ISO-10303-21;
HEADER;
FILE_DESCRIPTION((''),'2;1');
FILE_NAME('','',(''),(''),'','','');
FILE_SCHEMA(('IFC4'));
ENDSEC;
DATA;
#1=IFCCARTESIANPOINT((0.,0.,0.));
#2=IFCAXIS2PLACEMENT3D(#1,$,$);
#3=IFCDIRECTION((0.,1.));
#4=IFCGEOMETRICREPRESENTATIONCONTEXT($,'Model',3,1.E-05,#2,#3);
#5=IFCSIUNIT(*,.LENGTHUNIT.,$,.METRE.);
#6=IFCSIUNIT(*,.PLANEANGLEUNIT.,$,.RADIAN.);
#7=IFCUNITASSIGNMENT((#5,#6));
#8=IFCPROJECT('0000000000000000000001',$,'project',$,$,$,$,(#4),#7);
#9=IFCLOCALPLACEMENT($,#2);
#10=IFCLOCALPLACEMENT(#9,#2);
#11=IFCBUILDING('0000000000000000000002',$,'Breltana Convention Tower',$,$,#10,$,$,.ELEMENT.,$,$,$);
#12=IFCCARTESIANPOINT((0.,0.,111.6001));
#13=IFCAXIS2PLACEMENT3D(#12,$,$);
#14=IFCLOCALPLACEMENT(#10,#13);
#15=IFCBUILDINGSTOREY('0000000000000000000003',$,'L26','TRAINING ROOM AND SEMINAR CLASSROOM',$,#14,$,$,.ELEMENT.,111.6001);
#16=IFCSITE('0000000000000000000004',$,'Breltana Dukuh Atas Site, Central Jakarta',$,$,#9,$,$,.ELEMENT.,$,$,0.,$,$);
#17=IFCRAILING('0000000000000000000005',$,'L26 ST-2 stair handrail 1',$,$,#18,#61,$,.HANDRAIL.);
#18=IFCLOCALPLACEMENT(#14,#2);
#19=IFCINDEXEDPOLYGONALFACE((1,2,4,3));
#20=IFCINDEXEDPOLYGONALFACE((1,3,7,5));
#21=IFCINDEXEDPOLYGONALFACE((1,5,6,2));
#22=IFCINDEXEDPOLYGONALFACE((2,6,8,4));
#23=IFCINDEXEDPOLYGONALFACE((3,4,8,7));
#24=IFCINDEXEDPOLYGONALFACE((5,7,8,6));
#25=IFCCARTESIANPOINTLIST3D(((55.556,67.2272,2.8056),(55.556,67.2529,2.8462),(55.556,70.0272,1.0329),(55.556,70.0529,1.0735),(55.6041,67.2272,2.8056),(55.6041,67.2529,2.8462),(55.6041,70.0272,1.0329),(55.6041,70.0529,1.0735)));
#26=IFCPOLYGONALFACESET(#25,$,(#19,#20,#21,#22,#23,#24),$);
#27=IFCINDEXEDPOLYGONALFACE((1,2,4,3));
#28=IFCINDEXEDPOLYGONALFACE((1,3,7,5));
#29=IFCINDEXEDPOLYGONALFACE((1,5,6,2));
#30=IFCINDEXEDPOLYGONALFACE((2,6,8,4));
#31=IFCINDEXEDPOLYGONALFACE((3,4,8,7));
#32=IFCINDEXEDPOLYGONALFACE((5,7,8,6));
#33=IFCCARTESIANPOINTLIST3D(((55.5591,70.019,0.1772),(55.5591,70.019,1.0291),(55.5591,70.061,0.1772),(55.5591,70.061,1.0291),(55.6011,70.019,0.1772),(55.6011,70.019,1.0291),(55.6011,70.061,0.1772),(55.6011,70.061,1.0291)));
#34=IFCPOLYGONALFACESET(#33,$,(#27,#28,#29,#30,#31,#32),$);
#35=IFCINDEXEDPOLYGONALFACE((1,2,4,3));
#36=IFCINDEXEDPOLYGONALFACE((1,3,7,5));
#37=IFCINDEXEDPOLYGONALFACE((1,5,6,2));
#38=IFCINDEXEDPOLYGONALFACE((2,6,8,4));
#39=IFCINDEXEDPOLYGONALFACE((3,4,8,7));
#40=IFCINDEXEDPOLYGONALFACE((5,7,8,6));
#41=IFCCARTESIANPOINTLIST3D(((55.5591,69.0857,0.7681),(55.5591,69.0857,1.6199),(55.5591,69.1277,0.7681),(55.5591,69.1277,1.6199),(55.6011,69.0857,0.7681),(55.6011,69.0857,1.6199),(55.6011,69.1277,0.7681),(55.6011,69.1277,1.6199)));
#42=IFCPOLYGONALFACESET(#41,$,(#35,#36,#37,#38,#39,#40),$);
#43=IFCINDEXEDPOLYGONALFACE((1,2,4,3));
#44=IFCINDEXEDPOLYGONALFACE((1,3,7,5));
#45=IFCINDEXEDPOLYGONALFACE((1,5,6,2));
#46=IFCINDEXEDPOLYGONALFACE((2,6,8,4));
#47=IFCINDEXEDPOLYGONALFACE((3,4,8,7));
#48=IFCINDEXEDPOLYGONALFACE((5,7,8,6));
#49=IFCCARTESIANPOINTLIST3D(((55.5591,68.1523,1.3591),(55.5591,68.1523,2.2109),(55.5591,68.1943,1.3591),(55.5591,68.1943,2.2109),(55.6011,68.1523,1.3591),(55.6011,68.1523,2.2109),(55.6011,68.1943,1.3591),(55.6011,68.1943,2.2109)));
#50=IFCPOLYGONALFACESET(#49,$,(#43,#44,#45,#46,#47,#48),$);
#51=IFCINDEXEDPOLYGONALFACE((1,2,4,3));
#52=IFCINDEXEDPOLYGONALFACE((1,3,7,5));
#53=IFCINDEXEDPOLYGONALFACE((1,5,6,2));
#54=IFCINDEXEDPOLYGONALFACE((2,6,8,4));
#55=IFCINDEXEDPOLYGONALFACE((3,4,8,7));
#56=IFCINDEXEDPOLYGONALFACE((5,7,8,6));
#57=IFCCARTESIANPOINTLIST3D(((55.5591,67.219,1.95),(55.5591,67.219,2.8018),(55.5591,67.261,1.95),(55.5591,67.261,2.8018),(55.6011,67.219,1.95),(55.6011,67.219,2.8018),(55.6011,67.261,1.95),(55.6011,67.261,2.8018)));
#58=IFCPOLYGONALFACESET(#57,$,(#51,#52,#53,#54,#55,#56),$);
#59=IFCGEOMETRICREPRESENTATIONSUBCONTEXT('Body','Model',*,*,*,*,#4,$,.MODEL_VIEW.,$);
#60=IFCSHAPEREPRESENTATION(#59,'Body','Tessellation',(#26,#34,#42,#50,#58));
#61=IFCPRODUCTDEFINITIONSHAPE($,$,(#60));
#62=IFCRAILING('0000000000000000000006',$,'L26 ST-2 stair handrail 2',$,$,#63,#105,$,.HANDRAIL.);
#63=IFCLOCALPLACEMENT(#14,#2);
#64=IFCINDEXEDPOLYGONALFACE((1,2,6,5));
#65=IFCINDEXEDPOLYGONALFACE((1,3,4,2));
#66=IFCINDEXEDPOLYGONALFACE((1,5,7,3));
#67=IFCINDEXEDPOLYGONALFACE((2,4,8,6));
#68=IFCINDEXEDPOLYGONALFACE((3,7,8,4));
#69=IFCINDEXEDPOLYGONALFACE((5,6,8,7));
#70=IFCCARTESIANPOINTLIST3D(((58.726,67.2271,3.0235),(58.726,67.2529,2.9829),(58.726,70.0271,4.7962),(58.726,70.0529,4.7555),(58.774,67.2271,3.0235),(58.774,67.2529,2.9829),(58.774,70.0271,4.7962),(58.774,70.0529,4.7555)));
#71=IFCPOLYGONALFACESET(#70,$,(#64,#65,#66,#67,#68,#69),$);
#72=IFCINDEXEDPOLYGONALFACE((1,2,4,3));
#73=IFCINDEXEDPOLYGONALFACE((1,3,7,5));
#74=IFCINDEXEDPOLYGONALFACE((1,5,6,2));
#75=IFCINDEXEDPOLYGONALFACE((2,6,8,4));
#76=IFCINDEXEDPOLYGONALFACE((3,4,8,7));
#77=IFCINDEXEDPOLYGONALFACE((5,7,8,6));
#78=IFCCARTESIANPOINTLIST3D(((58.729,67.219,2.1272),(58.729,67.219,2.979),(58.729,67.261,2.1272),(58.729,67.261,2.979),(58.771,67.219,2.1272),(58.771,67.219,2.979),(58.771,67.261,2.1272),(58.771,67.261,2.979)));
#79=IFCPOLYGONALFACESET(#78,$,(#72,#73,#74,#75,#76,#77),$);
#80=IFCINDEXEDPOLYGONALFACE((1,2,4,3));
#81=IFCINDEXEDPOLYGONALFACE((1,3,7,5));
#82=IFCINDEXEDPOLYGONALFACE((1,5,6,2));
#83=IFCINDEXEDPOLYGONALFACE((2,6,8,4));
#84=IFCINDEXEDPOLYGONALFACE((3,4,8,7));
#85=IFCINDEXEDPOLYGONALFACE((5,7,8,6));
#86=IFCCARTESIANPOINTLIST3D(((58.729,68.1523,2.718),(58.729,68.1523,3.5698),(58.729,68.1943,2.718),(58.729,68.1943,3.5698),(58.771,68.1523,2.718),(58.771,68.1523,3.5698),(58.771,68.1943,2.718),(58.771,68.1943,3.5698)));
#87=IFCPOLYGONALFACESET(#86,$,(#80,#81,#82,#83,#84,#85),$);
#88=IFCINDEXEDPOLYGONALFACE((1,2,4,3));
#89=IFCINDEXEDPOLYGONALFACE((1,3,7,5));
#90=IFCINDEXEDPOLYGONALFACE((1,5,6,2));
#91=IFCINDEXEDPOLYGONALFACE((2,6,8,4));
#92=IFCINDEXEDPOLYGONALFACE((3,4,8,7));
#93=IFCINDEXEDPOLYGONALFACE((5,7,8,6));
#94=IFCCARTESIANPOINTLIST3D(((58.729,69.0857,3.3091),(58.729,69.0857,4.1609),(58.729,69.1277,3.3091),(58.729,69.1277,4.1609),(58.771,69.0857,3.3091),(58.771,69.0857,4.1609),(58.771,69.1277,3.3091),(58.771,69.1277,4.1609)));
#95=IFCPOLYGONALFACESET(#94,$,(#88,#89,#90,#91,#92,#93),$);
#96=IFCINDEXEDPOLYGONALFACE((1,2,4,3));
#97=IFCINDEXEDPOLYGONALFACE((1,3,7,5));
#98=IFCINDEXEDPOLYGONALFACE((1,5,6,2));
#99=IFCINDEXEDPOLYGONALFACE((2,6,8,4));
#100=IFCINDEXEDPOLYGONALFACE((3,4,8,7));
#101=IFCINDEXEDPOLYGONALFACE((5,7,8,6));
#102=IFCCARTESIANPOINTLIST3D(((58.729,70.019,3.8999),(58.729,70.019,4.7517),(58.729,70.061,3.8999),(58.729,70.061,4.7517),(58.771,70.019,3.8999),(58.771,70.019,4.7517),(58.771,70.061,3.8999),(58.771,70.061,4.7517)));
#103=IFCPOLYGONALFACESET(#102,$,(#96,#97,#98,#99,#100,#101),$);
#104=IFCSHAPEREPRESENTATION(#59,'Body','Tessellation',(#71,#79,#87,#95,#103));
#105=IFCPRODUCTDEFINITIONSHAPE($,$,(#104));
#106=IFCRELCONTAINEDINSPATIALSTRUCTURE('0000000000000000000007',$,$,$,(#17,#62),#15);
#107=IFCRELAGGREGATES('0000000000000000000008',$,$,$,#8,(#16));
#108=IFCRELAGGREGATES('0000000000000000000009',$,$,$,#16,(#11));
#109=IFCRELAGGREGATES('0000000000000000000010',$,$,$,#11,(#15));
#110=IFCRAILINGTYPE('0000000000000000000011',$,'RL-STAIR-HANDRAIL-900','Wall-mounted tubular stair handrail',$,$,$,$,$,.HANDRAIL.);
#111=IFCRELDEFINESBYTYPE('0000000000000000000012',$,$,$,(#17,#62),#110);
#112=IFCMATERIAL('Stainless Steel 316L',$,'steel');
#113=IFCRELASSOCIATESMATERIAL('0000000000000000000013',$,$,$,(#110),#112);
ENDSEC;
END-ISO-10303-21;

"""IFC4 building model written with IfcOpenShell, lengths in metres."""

from ifc_helpers import new_model, si_unit, direction, frame, origin, origin_2d, place, context, subcontext, project, spatial, rectangle, extrude, material, type_object, element, save


model = new_model("IFC4")

# Units and contexts
model_context = context("Model", 3, precision=1e-05, world=origin(), true_north=direction((0.0, 1.0)))
body_context = subcontext(model_context, "Body", "Model", "MODEL_VIEW")
ifc_project = project(units=[si_unit("LENGTHUNIT", "METRE"), si_unit("PLANEANGLEUNIT", "RADIAN")], contexts=[model_context])

# Site, building, storey
site_placement = place(None, origin())
site = spatial("IfcSite", under=ifc_project, at=site_placement, Name="Breltana Dukuh Atas Site, Central Jakarta", CompositionType="ELEMENT", RefElevation=0.0)
building_placement = place(site_placement, origin())
building = spatial("IfcBuilding", under=site, at=building_placement, Name="Breltana Convention Tower", CompositionType="ELEMENT")
storey_placement = place(building_placement, frame((0.0, 0.0, 111.6001)))
storey = spatial("IfcBuildingStorey", under=building, at=storey_placement, Name="L26", Description="TRAINING ROOM AND SEMINAR CLASSROOM", CompositionType="ELEMENT", Elevation=111.6001)

# Railings
ifc_material_1 = material(Name="Stainless Steel 316L", Category="steel")
railing_type_1 = type_object("IfcRailingType", Name="RL-STAIR-HANDRAIL-900", Description="Wall-mounted tubular stair handrail", PredefinedType="HANDRAIL", material=ifc_material_1)
railing_1_placement = place(storey_placement, frame((55.5801, 70.04, 0.1772)))
element("IfcRailing", 1, at=railing_1_placement, inside=storey, type_object=railing_type_1, Name="L26 ST-2 stair handrail 1", PredefinedType="HANDRAIL", context=body_context, shape_type="SweptSolid", body=[
    extrude(rectangle(XDim=0.0481, YDim=0.0481, at=origin_2d()), frame((0.0, 0.0, 0.876), z_axis=(0.0, -0.844909, 0.53491), x_axis=(1.0, 0.0, 0.0)), (0.0, 0.0, 1.0), 3.314),
    extrude(rectangle(XDim=0.042, YDim=0.042, at=origin_2d()), origin(), (0.0, 0.0, 1.0), 0.8518),
    extrude(rectangle(XDim=0.042, YDim=0.042, at=origin_2d()), frame((0.0, -0.9333, 0.5908)), (0.0, 0.0, 1.0), 0.8518),
    extrude(rectangle(XDim=0.042, YDim=0.042, at=origin_2d()), frame((0.0, -1.8667, 1.1819)), (0.0, 0.0, 1.0), 0.8518),
    extrude(rectangle(XDim=0.042, YDim=0.042, at=origin_2d()), frame((0.0, -2.8, 1.7727)), (0.0, 0.0, 1.0), 0.8518),
])
railing_2_placement = place(storey_placement, frame((58.75, 67.24, 2.1272)))
element("IfcRailing", 2, at=railing_2_placement, inside=storey, type_object=railing_type_1, Name="L26 ST-2 stair handrail 2", PredefinedType="HANDRAIL", context=body_context, shape_type="SweptSolid", body=[
    extrude(rectangle(XDim=0.0481, YDim=0.0481, at=origin_2d()), frame((0.0, 0.0, 0.876), z_axis=(0.0, 0.844909, 0.53491), x_axis=(-1.0, 0.0, 0.0)), (0.0, 0.0, 1.0), 3.314),
    extrude(rectangle(XDim=0.042, YDim=0.042, at=origin_2d()), origin(), (0.0, 0.0, 1.0), 0.8518),
    extrude(rectangle(XDim=0.042, YDim=0.042, at=origin_2d()), frame((0.0, 0.9333, 0.5908)), (0.0, 0.0, 1.0), 0.8518),
    extrude(rectangle(XDim=0.042, YDim=0.042, at=origin_2d()), frame((0.0, 1.8667, 1.1819)), (0.0, 0.0, 1.0), 0.8518),
    extrude(rectangle(XDim=0.042, YDim=0.042, at=origin_2d()), frame((0.0, 2.8, 1.7727)), (0.0, 0.0, 1.0), 0.8518),
])

save(model, "model.ifc")
